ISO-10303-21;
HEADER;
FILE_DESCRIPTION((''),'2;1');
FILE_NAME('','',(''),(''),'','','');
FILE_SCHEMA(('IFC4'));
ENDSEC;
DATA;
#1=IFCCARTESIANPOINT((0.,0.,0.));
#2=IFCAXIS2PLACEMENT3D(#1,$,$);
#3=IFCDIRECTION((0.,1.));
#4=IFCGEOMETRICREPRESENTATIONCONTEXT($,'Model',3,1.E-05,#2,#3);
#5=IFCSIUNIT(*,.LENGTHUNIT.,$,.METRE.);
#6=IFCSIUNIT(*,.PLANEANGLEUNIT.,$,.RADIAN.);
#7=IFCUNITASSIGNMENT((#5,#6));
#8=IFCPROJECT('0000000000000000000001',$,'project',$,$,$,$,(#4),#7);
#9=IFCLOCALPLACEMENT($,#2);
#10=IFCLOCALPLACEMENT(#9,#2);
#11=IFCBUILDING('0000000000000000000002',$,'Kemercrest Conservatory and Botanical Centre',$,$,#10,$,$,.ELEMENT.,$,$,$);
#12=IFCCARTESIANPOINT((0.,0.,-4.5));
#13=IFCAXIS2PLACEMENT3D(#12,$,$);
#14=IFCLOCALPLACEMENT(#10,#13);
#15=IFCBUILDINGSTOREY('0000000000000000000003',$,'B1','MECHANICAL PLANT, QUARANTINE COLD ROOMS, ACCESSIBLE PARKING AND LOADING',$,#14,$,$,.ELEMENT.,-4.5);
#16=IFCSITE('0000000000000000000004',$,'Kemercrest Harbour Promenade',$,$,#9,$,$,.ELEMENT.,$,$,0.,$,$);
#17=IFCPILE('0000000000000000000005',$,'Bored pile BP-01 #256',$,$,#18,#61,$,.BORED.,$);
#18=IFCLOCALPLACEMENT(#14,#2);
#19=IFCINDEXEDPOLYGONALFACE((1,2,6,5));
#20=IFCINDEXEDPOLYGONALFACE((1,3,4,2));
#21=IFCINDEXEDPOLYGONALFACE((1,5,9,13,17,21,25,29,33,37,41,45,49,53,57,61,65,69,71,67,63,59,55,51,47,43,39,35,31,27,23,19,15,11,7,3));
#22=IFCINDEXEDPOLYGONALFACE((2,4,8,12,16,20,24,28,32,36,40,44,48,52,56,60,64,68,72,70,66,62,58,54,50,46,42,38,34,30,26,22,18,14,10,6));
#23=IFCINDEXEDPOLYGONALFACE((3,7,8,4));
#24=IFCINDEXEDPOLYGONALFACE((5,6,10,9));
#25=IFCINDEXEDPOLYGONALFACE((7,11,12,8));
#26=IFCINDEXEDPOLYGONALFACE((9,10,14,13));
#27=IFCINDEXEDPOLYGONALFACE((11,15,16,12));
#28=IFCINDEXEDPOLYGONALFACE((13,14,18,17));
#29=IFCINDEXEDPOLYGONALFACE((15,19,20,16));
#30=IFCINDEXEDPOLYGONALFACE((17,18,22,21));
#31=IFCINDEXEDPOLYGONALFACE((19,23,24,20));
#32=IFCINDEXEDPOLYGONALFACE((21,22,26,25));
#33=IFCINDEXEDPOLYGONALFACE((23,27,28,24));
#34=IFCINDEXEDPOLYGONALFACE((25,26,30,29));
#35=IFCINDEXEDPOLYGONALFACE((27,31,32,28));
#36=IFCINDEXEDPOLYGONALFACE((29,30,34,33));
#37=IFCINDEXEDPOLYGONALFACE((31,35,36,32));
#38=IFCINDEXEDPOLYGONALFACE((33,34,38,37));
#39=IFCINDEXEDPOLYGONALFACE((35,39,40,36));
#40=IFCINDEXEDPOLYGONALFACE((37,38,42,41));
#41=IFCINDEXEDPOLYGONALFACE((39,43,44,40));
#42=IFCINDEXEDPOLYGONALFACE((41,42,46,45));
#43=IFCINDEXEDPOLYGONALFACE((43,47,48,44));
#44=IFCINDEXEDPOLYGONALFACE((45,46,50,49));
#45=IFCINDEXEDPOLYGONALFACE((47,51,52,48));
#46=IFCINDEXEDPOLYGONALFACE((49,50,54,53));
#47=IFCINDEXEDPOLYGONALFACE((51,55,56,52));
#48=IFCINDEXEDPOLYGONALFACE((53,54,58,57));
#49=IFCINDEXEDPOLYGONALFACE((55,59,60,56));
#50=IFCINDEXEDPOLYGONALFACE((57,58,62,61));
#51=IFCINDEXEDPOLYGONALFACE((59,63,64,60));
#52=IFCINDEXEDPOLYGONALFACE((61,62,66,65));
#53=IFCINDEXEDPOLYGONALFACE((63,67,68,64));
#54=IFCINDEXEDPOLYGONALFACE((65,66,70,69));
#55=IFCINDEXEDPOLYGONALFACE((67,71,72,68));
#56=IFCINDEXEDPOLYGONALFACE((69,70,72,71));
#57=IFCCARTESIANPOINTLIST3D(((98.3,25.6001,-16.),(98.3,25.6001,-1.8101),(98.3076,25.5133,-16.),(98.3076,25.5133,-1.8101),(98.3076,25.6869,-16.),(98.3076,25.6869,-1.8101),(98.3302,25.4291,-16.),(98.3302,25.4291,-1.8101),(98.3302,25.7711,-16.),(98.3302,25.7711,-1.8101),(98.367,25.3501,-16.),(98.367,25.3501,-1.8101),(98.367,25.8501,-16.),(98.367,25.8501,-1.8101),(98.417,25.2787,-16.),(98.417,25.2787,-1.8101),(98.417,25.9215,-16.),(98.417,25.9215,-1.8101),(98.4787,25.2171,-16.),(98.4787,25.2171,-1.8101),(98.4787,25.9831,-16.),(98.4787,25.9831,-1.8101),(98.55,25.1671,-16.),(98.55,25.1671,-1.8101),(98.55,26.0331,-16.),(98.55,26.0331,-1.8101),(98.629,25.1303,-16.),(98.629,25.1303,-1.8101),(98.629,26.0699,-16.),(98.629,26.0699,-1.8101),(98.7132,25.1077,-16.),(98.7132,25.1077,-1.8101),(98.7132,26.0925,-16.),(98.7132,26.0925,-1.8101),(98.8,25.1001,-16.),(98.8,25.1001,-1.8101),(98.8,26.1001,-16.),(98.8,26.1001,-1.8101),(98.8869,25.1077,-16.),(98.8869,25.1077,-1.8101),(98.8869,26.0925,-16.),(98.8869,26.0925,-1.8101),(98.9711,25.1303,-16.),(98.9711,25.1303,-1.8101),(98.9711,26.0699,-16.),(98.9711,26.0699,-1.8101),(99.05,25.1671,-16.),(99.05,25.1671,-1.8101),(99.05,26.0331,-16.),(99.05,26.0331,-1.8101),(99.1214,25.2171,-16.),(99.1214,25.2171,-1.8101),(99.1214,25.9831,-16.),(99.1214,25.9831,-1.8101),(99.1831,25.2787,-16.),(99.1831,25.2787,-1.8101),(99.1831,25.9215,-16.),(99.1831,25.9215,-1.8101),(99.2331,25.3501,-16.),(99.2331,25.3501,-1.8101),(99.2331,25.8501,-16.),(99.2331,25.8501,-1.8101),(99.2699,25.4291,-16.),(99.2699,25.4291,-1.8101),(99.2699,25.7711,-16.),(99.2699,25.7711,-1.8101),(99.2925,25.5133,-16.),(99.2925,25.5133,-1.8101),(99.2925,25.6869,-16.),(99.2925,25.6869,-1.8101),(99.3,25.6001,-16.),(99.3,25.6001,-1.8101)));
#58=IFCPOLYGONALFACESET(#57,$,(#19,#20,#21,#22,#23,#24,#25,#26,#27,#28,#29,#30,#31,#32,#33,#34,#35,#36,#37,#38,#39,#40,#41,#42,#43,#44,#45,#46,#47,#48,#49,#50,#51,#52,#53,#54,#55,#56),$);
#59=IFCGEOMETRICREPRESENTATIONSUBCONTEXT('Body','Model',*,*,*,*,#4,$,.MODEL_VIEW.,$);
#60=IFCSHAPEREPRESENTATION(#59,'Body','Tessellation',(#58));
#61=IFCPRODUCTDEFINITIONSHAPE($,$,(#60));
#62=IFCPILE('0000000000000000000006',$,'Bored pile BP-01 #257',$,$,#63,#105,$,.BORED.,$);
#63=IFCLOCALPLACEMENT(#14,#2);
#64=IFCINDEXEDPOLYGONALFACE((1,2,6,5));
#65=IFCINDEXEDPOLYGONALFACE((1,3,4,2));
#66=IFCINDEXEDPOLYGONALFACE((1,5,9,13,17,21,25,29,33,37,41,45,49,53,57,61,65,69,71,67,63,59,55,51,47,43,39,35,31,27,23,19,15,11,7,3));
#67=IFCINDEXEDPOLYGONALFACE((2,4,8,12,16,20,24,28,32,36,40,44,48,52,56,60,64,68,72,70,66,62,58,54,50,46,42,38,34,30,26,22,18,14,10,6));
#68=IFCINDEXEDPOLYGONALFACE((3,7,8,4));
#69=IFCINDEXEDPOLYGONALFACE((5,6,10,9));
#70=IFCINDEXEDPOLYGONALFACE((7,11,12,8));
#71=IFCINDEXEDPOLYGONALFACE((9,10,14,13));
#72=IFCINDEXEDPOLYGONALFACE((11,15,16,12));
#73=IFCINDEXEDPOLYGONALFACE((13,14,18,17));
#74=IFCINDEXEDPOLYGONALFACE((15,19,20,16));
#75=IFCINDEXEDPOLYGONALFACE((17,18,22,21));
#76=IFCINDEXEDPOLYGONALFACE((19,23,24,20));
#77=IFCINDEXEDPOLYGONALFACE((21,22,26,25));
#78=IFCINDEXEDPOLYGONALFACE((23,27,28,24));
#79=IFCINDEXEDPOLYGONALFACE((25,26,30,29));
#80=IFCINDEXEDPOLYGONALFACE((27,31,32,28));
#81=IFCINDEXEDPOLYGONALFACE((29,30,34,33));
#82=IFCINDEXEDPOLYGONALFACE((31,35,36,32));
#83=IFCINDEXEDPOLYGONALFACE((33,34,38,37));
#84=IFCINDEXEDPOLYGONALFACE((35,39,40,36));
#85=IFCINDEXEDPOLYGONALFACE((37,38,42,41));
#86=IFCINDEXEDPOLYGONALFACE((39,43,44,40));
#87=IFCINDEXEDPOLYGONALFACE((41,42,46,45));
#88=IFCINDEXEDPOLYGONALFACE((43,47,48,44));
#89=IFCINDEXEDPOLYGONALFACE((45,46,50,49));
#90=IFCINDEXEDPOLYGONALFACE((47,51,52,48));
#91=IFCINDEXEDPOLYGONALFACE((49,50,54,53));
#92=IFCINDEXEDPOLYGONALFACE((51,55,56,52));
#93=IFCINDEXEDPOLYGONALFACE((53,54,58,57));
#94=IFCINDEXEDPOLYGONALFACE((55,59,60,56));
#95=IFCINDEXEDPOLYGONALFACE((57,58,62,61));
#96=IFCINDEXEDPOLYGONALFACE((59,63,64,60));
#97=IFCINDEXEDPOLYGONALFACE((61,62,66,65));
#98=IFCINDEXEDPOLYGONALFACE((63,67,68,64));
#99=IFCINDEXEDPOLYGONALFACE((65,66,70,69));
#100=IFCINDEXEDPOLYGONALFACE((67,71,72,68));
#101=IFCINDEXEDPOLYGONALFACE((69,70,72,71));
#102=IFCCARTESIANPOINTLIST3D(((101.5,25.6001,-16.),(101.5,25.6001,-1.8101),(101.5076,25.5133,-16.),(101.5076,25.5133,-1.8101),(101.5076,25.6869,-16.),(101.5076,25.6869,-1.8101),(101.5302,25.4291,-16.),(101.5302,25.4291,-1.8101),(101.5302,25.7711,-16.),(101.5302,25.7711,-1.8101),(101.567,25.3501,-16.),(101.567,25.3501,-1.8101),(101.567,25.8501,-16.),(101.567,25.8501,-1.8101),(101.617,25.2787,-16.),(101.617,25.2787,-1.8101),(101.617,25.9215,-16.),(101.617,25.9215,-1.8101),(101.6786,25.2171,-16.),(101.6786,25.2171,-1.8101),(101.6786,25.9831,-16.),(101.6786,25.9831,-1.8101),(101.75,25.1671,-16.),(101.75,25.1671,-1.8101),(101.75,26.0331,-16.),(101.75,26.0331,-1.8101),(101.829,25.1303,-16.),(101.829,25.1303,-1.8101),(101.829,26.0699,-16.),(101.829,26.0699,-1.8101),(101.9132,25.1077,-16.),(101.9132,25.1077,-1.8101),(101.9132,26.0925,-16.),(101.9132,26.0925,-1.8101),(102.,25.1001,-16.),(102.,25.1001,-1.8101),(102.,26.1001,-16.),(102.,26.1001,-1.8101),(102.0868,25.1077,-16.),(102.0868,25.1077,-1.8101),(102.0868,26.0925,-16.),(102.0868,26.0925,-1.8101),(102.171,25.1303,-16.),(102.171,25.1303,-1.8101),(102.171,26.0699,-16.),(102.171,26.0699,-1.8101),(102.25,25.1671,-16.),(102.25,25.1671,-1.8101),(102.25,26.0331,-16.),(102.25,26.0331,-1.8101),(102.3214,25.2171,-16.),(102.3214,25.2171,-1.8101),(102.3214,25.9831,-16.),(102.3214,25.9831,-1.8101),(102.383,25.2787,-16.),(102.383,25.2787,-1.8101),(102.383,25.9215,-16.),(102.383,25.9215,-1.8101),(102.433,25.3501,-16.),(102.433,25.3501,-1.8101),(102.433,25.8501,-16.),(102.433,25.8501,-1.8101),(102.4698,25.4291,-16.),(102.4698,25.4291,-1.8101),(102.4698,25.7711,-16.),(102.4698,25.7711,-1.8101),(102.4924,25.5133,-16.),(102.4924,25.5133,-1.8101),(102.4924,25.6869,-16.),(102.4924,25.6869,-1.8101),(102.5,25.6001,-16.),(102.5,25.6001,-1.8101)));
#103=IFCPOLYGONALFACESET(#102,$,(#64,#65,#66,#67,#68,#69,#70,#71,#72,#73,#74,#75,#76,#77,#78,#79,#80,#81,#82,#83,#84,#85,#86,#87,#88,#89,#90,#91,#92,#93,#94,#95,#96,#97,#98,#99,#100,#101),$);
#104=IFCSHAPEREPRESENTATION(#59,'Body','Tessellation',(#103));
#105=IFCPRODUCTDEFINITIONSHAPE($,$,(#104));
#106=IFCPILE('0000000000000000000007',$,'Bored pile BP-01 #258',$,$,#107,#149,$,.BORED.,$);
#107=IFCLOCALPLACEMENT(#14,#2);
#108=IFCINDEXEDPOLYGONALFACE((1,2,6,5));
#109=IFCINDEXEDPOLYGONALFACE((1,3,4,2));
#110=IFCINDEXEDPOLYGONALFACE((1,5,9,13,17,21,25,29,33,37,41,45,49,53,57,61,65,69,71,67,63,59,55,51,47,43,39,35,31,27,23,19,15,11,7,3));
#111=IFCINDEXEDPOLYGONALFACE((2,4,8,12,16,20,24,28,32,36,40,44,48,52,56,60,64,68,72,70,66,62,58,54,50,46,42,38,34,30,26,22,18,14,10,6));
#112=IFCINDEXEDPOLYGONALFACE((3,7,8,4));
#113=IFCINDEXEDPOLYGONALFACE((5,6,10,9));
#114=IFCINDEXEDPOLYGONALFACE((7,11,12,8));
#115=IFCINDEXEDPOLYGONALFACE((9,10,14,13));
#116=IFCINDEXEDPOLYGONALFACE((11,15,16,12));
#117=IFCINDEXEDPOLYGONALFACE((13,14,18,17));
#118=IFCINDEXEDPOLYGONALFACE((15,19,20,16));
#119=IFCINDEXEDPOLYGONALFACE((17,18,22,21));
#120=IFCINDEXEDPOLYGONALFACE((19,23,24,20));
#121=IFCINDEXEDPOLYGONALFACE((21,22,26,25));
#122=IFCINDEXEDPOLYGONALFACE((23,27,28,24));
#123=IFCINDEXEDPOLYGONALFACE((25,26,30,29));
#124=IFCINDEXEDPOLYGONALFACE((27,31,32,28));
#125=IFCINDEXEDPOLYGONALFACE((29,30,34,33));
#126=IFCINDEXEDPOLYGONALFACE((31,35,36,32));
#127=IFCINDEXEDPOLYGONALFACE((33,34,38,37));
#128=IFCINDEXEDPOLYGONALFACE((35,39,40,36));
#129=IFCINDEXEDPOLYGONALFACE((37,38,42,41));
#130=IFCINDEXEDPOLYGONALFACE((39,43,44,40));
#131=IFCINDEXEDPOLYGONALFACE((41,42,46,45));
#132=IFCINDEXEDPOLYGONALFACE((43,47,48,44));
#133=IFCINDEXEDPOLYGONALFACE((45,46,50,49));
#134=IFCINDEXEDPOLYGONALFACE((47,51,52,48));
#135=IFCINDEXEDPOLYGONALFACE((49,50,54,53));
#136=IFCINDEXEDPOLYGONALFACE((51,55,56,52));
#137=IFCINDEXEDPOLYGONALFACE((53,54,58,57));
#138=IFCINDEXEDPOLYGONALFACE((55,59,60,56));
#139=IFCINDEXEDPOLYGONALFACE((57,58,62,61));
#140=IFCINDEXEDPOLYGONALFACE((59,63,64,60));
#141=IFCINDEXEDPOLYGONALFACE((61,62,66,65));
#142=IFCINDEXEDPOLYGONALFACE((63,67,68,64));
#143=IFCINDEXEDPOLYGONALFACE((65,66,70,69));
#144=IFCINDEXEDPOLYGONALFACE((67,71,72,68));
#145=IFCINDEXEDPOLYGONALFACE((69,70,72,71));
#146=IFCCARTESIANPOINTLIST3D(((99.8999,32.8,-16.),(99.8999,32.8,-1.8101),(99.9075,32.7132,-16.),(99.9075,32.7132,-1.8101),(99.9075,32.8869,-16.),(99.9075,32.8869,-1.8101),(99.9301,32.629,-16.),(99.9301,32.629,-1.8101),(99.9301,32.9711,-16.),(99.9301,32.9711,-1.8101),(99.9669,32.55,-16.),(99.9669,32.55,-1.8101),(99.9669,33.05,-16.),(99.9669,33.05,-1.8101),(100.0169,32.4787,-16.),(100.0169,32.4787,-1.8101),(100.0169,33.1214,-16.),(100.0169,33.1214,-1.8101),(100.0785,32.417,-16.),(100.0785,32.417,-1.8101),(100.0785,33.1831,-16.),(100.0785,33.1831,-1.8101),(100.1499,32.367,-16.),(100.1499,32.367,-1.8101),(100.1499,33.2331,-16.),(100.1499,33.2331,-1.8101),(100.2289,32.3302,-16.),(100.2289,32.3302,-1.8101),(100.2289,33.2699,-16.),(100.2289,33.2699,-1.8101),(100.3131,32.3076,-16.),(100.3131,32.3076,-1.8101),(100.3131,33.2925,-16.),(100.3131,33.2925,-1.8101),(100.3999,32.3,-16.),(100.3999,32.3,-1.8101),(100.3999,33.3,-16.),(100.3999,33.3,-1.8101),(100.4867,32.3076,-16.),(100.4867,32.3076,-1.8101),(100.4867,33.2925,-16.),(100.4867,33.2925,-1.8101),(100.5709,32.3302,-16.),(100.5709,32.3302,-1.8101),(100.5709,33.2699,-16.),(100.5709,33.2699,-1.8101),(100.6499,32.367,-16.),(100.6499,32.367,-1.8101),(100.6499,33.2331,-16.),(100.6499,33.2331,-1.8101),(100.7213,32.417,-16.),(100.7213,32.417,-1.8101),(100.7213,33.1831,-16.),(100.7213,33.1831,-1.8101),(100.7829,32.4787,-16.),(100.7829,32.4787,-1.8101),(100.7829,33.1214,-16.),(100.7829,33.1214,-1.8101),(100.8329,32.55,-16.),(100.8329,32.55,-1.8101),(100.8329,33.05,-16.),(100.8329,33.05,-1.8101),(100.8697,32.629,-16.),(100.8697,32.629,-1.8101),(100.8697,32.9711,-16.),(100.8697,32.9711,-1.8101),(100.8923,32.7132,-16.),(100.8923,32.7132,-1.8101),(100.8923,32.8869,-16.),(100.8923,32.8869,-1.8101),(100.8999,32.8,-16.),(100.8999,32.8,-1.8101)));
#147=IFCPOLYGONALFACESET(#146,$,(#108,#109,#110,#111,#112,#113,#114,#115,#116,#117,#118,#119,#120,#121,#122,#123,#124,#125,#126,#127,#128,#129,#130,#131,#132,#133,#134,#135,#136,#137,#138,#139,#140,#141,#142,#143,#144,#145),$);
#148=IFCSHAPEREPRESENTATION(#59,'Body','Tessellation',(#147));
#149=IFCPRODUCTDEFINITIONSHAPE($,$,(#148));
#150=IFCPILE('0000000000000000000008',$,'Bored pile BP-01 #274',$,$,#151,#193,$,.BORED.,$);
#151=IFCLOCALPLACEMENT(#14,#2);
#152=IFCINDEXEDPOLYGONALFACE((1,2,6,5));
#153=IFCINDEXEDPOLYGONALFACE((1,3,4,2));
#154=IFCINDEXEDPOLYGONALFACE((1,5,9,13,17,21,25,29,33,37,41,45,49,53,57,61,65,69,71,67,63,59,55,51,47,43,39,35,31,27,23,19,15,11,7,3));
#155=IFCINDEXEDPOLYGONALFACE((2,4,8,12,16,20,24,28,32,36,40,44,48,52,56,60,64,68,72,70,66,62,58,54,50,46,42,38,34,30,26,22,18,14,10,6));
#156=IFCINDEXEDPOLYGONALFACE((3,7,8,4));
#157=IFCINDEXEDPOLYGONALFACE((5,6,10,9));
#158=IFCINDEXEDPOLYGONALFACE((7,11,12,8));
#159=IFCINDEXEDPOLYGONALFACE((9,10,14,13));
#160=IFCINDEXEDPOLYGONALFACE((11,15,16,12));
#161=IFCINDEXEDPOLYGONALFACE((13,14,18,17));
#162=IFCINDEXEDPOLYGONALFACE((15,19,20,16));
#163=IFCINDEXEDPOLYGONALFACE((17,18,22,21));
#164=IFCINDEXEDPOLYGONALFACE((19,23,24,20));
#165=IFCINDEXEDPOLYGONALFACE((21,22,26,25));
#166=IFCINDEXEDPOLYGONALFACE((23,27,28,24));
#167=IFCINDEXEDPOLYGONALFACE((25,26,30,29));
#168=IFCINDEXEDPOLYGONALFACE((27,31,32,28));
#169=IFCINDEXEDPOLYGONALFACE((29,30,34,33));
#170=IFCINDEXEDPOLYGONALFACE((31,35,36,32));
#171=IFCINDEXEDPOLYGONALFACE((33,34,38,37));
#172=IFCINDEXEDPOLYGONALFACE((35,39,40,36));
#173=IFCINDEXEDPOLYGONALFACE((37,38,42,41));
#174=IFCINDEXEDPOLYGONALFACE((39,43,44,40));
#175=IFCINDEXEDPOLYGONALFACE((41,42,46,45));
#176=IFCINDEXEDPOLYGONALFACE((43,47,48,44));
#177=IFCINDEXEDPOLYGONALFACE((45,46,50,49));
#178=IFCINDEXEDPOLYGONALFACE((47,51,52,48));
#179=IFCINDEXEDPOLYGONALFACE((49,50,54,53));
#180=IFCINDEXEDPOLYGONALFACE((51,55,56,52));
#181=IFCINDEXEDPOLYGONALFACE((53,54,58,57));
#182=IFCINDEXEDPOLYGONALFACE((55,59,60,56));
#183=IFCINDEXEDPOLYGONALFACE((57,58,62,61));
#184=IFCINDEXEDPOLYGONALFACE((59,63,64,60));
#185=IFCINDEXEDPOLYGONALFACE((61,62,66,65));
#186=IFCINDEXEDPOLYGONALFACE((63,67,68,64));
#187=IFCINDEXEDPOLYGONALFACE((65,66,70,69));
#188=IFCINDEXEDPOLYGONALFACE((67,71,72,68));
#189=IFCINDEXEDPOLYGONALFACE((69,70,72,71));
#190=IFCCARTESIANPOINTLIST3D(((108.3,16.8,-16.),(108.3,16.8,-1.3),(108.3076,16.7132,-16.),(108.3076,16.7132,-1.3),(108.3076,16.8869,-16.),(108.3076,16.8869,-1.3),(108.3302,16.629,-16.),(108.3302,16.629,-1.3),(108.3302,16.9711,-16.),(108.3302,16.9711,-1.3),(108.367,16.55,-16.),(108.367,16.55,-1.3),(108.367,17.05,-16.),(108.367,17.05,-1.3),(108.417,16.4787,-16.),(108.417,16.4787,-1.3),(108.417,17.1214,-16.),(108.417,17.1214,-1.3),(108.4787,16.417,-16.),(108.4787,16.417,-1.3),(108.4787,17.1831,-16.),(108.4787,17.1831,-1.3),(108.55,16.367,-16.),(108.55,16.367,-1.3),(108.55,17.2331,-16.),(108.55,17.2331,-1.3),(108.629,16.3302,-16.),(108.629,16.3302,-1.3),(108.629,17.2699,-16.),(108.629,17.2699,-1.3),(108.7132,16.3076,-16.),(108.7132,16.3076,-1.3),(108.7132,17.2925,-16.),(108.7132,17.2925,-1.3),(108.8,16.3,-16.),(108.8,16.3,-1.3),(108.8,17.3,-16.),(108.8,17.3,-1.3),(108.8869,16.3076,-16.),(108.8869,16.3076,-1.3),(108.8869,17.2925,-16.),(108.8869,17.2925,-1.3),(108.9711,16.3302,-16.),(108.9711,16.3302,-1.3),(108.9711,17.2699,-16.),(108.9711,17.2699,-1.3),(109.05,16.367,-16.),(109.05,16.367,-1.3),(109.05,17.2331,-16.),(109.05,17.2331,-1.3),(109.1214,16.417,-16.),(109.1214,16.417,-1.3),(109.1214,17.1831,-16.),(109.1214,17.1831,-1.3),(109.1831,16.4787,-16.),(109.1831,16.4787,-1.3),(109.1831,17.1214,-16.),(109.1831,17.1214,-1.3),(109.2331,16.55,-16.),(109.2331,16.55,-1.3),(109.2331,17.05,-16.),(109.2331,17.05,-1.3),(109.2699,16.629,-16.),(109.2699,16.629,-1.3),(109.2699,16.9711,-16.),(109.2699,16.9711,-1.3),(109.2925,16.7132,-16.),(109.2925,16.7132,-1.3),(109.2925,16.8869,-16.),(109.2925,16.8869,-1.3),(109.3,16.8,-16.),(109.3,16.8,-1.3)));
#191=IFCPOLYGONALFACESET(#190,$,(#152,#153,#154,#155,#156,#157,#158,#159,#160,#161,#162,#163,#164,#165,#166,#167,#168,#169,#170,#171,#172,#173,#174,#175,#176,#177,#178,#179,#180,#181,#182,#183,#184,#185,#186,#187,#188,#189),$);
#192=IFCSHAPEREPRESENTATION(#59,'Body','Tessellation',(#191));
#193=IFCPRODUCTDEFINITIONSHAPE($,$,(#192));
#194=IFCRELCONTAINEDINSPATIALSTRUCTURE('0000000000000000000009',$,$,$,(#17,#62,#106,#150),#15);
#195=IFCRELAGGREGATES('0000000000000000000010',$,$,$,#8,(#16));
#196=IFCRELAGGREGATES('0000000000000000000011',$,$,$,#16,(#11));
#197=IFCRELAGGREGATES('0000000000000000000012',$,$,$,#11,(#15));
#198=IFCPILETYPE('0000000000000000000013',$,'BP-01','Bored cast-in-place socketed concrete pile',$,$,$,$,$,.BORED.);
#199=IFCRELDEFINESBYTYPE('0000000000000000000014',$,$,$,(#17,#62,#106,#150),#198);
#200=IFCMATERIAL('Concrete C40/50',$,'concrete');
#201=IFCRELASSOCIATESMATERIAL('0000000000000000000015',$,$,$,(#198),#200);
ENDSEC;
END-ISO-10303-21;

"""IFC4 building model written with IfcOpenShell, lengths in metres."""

from ifc_helpers import new_model, si_unit, direction, frame, origin, origin_2d, place, context, subcontext, project, spatial, circle, extrude, material, material_profile, profile_set, type_object, element, save


model = new_model("IFC4")

# Units and contexts
model_context = context("Model", 3, precision=1e-05, world=origin(), true_north=direction((0.0, 1.0)))
body_context = subcontext(model_context, "Body", "Model", "MODEL_VIEW")
ifc_project = project(units=[si_unit("LENGTHUNIT", "METRE"), si_unit("PLANEANGLEUNIT", "RADIAN")], contexts=[model_context])

# Site, building, storey
site_placement = place(None, origin())
site = spatial("IfcSite", under=ifc_project, at=site_placement, Name="Kemercrest Harbour Promenade", CompositionType="ELEMENT", RefElevation=0.0)
building_placement = place(site_placement, origin())
building = spatial("IfcBuilding", under=site, at=building_placement, Name="Kemercrest Conservatory and Botanical Centre", CompositionType="ELEMENT")
storey_placement = place(building_placement, frame((0.0, 0.0, -4.5)))
storey = spatial("IfcBuildingStorey", under=building, at=storey_placement, Name="B1", Description="MECHANICAL PLANT, QUARANTINE COLD ROOMS, ACCESSIBLE PARKING AND LOADING", CompositionType="ELEMENT", Elevation=-4.5)

# Piles
ifc_material_1 = material(Name="Concrete C40/50", Category="concrete")
ifc_material_profile_1 = material_profile(ifc_material_1, circle(Radius=0.5, at=origin_2d()), Name="BORED PILE 1000")
ifc_profile_set_1 = profile_set([ifc_material_profile_1], Name="Concrete C40/50")
pile_type_1 = type_object("IfcPileType", Name="BP-01", Description="Bored cast-in-place socketed concrete pile", PredefinedType="BORED", material=ifc_profile_set_1)
for number, where, z_axis, x_axis, name in (
    (1, (98.8, 25.6001, -1.8101), (0.0, 0.0, -1.0), (1.0, 0.0, 0.0), "Bored pile BP-01 #256"),
    (2, (102.0, 25.6001, -1.8101), (0.0, 0.0, -1.0), (1.0, 0.0, 0.0), "Bored pile BP-01 #257"),
    (3, (100.3999, 32.8, -1.8101), (0.0, 0.0, -1.0), (1.0, 0.0, 0.0), "Bored pile BP-01 #258"),
):
    element("IfcPile", number, at=place(storey_placement, frame(where, z_axis=z_axis, x_axis=x_axis)), inside=storey, type_object=pile_type_1, Name=name, PredefinedType="BORED", context=body_context, shape_type="SweptSolid", body=[
        extrude(circle(Radius=0.5, at=origin_2d()), origin(), (0.0, 0.0, 1.0), 14.1899),
    ])
pile_1_placement = place(storey_placement, frame((108.8, 16.8, -1.3), z_axis=(0.0, 0.0, -1.0), x_axis=(1.0, 0.0, 0.0)))
element("IfcPile", 4, at=pile_1_placement, inside=storey, type_object=pile_type_1, Name="Bored pile BP-01 #274", PredefinedType="BORED", context=body_context, shape_type="SweptSolid", body=[
    extrude(circle(Radius=0.5, at=origin_2d()), origin(), (0.0, 0.0, 1.0), 14.7),
])

save(model, "model.ifc")
